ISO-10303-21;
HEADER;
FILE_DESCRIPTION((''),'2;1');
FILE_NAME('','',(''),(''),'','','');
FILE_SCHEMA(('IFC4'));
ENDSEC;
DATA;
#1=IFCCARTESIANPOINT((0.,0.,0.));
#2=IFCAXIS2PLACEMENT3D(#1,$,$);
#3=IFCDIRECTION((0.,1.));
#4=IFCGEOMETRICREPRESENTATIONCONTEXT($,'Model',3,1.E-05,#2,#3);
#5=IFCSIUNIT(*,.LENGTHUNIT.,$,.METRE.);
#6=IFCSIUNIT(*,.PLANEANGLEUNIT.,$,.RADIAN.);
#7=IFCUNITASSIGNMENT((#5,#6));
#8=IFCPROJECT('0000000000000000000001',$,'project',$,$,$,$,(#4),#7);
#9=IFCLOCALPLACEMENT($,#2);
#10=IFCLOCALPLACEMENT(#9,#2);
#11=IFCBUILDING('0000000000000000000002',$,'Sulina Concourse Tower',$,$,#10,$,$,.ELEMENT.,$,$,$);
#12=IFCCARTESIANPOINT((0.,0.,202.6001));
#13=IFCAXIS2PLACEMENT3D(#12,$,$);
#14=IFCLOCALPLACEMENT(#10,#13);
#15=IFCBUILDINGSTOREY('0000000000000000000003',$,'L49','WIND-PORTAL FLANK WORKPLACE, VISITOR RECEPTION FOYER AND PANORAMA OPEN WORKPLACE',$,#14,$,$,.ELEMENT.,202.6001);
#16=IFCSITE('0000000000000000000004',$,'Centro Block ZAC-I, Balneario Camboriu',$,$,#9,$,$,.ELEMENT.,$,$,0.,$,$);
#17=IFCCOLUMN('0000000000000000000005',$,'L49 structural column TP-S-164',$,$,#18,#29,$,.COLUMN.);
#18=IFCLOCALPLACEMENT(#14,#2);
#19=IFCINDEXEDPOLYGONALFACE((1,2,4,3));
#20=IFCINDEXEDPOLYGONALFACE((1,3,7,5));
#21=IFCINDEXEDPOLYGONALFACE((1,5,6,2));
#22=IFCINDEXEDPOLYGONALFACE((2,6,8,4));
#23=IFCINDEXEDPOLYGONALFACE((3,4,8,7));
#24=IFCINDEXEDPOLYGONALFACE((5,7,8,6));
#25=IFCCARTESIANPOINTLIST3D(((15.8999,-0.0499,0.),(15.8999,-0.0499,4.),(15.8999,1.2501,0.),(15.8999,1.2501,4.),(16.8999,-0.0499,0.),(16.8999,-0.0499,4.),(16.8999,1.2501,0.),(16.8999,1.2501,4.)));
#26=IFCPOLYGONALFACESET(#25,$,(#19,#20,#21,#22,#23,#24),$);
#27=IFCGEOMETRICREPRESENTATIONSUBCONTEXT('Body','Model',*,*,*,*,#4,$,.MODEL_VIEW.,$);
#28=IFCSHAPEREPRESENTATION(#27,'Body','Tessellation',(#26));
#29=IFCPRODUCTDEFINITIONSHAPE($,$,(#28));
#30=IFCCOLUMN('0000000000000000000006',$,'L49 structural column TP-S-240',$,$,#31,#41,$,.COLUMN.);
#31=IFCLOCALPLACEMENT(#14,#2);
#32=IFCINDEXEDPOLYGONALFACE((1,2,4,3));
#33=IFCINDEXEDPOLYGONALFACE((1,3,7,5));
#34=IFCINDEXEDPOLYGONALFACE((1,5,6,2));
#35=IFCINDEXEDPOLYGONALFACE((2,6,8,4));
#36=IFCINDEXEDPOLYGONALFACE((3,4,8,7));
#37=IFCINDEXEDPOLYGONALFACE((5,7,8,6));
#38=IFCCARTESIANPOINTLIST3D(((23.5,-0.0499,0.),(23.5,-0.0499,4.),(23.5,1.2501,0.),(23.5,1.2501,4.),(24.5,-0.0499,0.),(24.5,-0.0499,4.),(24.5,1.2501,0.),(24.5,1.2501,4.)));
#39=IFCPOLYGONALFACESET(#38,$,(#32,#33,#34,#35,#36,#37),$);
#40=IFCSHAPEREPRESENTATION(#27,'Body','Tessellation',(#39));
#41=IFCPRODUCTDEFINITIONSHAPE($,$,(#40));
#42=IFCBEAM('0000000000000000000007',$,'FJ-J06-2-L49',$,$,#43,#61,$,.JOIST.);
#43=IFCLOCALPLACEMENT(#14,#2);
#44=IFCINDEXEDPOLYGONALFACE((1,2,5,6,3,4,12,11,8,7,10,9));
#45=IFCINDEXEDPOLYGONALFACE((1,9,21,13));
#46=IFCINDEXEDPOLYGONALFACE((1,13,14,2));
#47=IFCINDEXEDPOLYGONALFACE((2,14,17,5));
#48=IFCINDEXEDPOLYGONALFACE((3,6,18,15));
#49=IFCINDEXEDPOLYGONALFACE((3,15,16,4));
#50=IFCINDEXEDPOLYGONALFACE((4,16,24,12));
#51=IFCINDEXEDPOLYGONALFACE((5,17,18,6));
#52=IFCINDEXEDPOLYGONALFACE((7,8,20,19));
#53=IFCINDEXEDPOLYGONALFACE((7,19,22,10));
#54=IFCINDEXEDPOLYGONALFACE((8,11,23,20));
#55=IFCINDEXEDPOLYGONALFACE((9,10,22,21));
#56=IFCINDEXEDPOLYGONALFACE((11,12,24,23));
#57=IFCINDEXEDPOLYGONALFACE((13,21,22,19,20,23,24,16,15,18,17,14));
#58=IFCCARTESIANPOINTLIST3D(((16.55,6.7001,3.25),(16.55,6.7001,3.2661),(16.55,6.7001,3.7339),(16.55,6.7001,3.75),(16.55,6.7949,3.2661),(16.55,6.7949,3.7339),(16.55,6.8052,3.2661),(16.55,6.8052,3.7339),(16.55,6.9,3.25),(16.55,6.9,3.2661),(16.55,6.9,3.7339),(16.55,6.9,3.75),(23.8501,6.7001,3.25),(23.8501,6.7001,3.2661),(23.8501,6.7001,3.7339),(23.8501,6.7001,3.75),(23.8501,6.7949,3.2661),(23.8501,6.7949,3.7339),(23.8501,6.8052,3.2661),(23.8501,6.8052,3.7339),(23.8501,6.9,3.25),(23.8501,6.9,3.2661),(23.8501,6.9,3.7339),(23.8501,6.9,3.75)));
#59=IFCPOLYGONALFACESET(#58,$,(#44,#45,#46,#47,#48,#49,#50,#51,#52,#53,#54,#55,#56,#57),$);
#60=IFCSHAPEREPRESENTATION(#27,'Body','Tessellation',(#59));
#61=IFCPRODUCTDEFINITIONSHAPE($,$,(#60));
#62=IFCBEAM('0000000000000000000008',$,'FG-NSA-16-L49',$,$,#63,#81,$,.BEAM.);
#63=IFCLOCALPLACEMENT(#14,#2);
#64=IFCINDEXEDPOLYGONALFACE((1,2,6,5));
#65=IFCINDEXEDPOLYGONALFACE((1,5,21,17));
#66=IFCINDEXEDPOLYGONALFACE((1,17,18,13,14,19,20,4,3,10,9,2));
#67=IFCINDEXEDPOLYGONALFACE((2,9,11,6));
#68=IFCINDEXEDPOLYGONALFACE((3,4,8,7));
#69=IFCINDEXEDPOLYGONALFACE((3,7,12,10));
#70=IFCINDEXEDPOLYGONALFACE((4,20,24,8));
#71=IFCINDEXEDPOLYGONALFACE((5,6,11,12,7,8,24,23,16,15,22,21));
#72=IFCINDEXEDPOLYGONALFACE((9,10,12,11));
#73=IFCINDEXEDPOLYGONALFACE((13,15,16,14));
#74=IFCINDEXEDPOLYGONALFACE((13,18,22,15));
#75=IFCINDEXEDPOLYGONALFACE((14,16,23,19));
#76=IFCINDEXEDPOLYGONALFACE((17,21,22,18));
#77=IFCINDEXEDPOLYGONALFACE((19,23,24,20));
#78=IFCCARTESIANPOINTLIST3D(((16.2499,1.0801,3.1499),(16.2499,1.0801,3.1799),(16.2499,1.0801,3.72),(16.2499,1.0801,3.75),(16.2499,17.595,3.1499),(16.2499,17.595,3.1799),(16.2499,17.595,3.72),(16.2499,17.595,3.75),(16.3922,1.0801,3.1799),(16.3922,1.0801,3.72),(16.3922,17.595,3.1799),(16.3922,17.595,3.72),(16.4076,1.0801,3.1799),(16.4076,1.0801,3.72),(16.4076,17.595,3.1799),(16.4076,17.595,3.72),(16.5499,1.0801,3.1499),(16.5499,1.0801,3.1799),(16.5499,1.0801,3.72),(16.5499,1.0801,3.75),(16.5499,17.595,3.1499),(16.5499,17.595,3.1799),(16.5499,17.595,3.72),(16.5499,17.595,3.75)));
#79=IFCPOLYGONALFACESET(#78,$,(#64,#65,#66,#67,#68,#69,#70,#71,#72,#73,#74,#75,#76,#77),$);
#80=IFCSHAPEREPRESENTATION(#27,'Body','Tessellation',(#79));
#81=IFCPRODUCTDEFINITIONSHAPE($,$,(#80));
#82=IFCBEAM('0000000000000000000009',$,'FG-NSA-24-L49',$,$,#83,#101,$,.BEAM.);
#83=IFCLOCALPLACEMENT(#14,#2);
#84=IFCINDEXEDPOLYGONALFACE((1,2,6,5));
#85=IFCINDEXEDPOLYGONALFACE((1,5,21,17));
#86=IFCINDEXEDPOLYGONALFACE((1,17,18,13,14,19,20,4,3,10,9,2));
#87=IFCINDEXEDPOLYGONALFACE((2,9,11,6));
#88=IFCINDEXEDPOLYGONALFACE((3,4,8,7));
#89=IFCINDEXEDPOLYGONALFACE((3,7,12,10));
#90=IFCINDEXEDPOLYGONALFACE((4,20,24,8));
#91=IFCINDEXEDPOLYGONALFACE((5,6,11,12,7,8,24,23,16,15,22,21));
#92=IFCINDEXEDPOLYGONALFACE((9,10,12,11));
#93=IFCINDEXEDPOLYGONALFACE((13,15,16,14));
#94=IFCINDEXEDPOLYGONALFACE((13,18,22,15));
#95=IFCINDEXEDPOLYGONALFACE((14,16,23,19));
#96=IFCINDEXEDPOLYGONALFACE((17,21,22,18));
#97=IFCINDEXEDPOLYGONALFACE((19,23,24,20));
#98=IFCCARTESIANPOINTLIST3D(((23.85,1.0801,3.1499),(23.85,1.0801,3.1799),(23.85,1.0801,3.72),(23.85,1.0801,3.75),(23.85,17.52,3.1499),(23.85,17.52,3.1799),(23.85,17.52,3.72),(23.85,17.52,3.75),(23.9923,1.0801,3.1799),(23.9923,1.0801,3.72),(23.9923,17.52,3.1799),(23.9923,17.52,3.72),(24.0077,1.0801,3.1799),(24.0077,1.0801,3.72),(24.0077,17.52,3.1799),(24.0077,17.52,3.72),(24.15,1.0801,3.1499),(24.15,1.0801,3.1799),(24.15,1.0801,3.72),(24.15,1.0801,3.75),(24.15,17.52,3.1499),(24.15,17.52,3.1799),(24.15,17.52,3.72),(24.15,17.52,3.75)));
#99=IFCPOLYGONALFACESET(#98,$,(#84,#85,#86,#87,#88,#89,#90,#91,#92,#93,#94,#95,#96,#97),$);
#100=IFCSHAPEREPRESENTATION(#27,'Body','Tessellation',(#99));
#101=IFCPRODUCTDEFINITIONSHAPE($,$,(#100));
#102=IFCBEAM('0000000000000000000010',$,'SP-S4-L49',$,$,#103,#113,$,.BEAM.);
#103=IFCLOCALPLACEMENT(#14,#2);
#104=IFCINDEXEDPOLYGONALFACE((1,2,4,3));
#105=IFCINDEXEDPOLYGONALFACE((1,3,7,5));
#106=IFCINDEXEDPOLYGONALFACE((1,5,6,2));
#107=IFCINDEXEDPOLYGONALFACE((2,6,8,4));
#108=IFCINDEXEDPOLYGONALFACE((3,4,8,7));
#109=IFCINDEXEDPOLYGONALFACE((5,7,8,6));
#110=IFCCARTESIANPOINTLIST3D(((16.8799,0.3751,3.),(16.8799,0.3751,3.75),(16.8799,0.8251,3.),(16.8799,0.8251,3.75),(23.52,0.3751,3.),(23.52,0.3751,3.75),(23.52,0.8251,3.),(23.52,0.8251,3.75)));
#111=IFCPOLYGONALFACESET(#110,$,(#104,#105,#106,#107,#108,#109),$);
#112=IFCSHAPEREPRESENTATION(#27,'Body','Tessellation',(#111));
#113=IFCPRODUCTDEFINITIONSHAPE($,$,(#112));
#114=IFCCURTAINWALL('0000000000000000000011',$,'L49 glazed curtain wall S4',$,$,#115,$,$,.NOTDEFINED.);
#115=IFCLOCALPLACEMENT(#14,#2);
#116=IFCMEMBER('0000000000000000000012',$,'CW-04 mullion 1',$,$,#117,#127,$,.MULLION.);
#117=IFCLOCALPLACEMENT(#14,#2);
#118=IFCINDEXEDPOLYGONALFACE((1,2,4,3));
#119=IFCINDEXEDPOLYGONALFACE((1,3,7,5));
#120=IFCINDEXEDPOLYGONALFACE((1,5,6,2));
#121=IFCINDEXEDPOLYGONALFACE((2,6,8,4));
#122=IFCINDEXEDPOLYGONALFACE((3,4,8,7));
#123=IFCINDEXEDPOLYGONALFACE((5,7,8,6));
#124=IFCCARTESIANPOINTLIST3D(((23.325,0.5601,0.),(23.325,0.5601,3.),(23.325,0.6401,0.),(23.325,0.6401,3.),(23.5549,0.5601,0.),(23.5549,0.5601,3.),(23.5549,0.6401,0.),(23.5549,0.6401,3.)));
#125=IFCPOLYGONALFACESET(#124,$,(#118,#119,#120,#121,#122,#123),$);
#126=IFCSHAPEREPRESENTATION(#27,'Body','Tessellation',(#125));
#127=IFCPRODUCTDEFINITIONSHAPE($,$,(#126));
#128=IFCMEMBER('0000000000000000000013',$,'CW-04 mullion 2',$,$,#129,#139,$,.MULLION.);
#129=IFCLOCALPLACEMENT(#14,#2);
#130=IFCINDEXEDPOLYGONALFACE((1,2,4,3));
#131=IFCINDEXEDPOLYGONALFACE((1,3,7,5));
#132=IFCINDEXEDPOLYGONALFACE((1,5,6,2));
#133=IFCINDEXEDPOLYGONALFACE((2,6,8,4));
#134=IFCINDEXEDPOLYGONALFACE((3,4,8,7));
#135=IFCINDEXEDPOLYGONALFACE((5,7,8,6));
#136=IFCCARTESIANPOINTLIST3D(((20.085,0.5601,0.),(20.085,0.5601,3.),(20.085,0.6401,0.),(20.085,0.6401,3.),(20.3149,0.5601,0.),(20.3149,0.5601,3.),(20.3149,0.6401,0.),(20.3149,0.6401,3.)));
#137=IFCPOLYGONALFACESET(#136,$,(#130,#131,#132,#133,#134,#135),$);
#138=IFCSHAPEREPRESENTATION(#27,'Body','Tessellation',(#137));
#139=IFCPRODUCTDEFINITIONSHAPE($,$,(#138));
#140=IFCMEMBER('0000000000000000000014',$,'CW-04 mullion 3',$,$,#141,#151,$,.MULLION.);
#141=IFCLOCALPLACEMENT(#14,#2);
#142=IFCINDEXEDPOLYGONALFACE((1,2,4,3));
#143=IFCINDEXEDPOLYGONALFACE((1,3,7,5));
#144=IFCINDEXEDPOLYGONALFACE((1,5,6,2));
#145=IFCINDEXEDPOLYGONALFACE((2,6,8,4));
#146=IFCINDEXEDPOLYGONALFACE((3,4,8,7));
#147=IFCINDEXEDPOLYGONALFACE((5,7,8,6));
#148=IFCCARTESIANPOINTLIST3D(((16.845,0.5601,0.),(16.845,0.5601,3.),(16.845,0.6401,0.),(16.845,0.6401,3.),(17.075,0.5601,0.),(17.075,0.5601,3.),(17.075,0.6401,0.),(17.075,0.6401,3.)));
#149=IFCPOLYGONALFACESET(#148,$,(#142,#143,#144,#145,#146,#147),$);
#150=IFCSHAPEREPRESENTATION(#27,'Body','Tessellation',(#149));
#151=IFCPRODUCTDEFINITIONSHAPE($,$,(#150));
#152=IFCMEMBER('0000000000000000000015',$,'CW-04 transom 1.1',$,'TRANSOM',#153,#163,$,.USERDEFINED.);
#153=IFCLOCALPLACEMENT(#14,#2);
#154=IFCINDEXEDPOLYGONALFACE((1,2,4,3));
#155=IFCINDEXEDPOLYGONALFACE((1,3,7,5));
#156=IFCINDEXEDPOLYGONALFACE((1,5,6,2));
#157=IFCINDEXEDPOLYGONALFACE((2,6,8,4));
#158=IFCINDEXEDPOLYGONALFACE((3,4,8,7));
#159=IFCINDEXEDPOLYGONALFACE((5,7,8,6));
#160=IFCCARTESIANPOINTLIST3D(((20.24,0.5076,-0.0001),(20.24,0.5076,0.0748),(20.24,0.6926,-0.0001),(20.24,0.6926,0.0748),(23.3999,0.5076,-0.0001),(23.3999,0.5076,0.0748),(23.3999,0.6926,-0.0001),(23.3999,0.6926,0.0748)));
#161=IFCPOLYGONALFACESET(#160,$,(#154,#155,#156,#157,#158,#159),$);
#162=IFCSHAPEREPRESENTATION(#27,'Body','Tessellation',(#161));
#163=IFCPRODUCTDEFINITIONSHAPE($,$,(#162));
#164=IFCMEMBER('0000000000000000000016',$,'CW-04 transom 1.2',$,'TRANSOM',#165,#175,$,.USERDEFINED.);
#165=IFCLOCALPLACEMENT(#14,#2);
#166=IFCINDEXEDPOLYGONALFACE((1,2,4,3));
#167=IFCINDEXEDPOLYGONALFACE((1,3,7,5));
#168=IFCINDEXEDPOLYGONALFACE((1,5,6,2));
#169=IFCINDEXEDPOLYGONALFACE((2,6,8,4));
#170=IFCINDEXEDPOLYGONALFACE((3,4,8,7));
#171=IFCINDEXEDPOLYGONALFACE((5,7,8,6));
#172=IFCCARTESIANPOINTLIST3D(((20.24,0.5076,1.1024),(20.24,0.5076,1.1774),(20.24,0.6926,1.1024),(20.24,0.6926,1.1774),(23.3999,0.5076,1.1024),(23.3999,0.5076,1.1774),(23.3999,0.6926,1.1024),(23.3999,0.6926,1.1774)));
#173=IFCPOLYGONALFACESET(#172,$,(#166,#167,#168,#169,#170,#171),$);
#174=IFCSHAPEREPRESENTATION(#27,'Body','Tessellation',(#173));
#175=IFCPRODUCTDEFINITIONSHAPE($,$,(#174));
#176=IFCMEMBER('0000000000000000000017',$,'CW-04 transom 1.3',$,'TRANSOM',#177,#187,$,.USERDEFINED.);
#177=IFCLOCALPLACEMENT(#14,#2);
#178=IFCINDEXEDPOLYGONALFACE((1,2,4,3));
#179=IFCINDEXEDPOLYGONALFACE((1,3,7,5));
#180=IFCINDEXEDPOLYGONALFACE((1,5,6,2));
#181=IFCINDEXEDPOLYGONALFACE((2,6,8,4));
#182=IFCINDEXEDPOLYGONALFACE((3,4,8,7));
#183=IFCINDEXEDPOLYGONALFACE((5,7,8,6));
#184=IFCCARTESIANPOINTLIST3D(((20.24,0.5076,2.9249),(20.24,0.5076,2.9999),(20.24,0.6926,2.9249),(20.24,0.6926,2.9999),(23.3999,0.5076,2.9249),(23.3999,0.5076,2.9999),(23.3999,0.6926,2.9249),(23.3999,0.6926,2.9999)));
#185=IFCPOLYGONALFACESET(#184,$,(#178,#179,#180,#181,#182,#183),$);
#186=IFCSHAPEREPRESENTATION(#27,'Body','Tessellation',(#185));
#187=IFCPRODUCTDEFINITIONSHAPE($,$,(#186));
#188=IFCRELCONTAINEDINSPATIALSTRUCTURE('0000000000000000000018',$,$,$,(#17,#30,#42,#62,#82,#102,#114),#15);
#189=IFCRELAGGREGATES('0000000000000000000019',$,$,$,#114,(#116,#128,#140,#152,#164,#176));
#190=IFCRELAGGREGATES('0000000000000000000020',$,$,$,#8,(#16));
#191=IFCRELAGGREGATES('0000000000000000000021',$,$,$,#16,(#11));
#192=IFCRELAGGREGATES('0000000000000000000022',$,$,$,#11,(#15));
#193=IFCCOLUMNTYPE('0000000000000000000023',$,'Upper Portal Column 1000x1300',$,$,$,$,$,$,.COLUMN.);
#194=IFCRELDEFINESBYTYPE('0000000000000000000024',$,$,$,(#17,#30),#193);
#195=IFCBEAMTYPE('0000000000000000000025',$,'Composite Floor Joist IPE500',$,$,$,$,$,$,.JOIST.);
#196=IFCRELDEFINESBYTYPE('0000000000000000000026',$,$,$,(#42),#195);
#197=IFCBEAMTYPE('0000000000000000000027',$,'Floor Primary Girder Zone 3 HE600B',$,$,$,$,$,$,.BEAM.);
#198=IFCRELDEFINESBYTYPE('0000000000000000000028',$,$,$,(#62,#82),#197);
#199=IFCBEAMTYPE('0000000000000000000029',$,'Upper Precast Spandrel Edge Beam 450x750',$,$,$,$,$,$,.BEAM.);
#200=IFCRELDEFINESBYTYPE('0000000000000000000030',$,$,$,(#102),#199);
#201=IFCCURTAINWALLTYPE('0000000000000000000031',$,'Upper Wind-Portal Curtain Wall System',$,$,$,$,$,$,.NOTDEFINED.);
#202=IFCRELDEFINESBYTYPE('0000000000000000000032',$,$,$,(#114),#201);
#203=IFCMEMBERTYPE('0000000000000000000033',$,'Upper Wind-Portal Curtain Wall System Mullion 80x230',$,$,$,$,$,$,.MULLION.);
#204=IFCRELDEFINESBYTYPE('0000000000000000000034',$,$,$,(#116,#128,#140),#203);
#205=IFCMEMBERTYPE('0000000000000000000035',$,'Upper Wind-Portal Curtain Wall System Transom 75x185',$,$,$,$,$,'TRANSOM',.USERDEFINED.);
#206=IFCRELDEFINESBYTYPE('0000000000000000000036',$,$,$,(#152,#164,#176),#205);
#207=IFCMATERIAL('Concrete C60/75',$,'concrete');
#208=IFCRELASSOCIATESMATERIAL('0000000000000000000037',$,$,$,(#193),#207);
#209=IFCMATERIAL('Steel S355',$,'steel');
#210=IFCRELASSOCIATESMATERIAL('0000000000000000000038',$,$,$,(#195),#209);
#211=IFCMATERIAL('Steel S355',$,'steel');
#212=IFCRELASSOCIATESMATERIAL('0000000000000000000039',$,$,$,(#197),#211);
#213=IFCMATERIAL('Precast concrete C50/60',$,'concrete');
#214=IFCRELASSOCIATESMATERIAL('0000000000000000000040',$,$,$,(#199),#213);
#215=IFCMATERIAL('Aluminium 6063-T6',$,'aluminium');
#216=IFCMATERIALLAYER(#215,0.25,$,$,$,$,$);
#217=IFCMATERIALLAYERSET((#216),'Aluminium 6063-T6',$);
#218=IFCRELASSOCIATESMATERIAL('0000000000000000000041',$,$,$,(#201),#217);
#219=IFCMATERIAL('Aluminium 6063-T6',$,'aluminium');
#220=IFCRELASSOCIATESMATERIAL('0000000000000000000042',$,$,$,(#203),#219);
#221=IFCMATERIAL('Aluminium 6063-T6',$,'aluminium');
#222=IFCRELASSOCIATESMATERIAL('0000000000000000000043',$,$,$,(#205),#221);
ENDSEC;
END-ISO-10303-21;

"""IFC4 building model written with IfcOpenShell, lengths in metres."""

from ifc_helpers import new_model, si_unit, direction, frame, origin, origin_2d, place, context, subcontext, project, spatial, rectangle, i_section, extrude, material, layer, layer_set, material_profile, profile_set, type_object, element, aggregate, save


model = new_model("IFC4")

# Units and contexts
model_context = context("Model", 3, precision=1e-05, world=origin(), true_north=direction((0.0, 1.0)))
body_context = subcontext(model_context, "Body", "Model", "MODEL_VIEW")
ifc_project = project(units=[si_unit("LENGTHUNIT", "METRE"), si_unit("PLANEANGLEUNIT", "RADIAN")], contexts=[model_context])

# Site, building, storey
site_placement = place(None, origin())
site = spatial("IfcSite", under=ifc_project, at=site_placement, Name="Centro Block ZAC-I, Balneario Camboriu", CompositionType="ELEMENT", RefElevation=0.0)
building_placement = place(site_placement, origin())
building = spatial("IfcBuilding", under=site, at=building_placement, Name="Sulina Concourse Tower", CompositionType="ELEMENT")
storey_placement = place(building_placement, frame((0.0, 0.0, 202.6001)))
storey = spatial("IfcBuildingStorey", under=building, at=storey_placement, Name="L49", Description="WIND-PORTAL FLANK WORKPLACE, VISITOR RECEPTION FOYER AND PANORAMA OPEN WORKPLACE", CompositionType="ELEMENT", Elevation=202.6001)

# Columns
ifc_material_1 = material(Name="Concrete C60/75", Category="concrete")
ifc_material_profile_1 = material_profile(ifc_material_1, rectangle(XDim=1.0, YDim=1.3, at=origin_2d()), Name="RC 1000x1300")
ifc_profile_set_1 = profile_set([ifc_material_profile_1], Name="Concrete C60/75")
column_type = type_object("IfcColumnType", Name="Upper Portal Column 1000x1300", PredefinedType="COLUMN", material=ifc_profile_set_1)
for number, where, z_axis, x_axis, name in (
    (1, (16.3999, 0.6001, 0.0), (0.0, 0.0, 1.0), (1.0, 0.0, 0.0), "L49 structural column TP-S-164"),
    (2, (24.0, 0.6001, 0.0), (0.0, 0.0, 1.0), (1.0, 0.0, 0.0), "L49 structural column TP-S-240"),
):
    element("IfcColumn", number, at=place(storey_placement, frame(where, z_axis=z_axis, x_axis=x_axis)), inside=storey, type_object=column_type, Name=name, PredefinedType="COLUMN", context=body_context, shape_type="SweptSolid", body=[
        extrude(rectangle(XDim=1.0, YDim=1.3, at=origin_2d()), origin(), (0.0, 0.0, 1.0), 4.0),
    ])

# Beams
ifc_material_2 = material(Name="Steel S355", Category="steel")
ifc_material_profile_2 = material_profile(ifc_material_2, i_section(OverallWidth=0.2, OverallDepth=0.5, WebThickness=0.0103, FlangeThickness=0.0161, at=origin_2d()), Name="IPE 500")
ifc_profile_set_2 = profile_set([ifc_material_profile_2], Name="Steel S355")
beam_type_1 = type_object("IfcBeamType", Name="Composite Floor Joist IPE500", PredefinedType="JOIST", material=ifc_profile_set_2)
beam_1_placement = place(storey_placement, frame((16.55, 6.8, 3.5), z_axis=(1.0, 0.0, 0.0), x_axis=(0.0, 1.0, 0.0)))
element("IfcBeam", 3, at=beam_1_placement, inside=storey, type_object=beam_type_1, Name="FJ-J06-2-L49", PredefinedType="JOIST", context=body_context, shape_type="SweptSolid", body=[
    extrude(i_section(OverallWidth=0.2, OverallDepth=0.5, WebThickness=0.0103, FlangeThickness=0.0161, at=origin_2d()), origin(), (0.0, 0.0, 1.0), 7.3),
])
ifc_material_3 = material(Name="Steel S355", Category="steel")
ifc_material_profile_3 = material_profile(ifc_material_3, i_section(OverallWidth=0.3, OverallDepth=0.6001, WebThickness=0.0154, FlangeThickness=0.03, at=origin_2d()), Name="HE 600 B")
ifc_profile_set_3 = profile_set([ifc_material_profile_3], Name="Steel S355")
beam_type_2 = type_object("IfcBeamType", Name="Floor Primary Girder Zone 3 HE600B", PredefinedType="BEAM", material=ifc_profile_set_3)
beam_2_placement = place(storey_placement, frame((16.3999, 1.0801, 3.45), z_axis=(0.0, 1.0, 0.0), x_axis=(-1.0, 0.0, 0.0)))
element("IfcBeam", 4, at=beam_2_placement, inside=storey, type_object=beam_type_2, Name="FG-NSA-16-L49", PredefinedType="BEAM", context=body_context, shape_type="SweptSolid", body=[
    extrude(i_section(OverallWidth=0.3, OverallDepth=0.6001, WebThickness=0.0154, FlangeThickness=0.03, at=origin_2d()), origin(), (0.0, 0.0, 1.0), 16.5149),
])
beam_3_placement = place(storey_placement, frame((24.0, 1.0801, 3.45), z_axis=(0.0, 1.0, 0.0), x_axis=(-1.0, 0.0, 0.0)))
element("IfcBeam", 5, at=beam_3_placement, inside=storey, type_object=beam_type_2, Name="FG-NSA-24-L49", PredefinedType="BEAM", context=body_context, shape_type="SweptSolid", body=[
    extrude(i_section(OverallWidth=0.3, OverallDepth=0.6001, WebThickness=0.0154, FlangeThickness=0.03, at=origin_2d()), origin(), (0.0, 0.0, 1.0), 16.4399),
])
ifc_material_4 = material(Name="Precast concrete C50/60", Category="concrete")
ifc_material_profile_4 = material_profile(ifc_material_4, rectangle(XDim=0.45, YDim=0.75, at=origin_2d()), Name="RC 450x750")
ifc_profile_set_4 = profile_set([ifc_material_profile_4], Name="Precast concrete C50/60")
beam_type_3 = type_object("IfcBeamType", Name="Upper Precast Spandrel Edge Beam 450x750", PredefinedType="BEAM", material=ifc_profile_set_4)
beam_4_placement = place(storey_placement, frame((16.8799, 0.6001, 3.375), z_axis=(1.0, 0.0, 0.0), x_axis=(0.0, 1.0, 0.0)))
element("IfcBeam", 6, at=beam_4_placement, inside=storey, type_object=beam_type_3, Name="SP-S4-L49", PredefinedType="BEAM", context=body_context, shape_type="SweptSolid", body=[
    extrude(rectangle(XDim=0.45, YDim=0.75, at=origin_2d()), origin(), (0.0, 0.0, 1.0), 6.6401),
])

# Curtain wall, members
ifc_material_5 = material(Name="Aluminium 6063-T6", Category="aluminium")
ifc_layer_1 = layer(ifc_material_5, 0.25)
ifc_layer_set_1 = layer_set([ifc_layer_1], Name="Aluminium 6063-T6")
curtain_wall_type = type_object("IfcCurtainWallType", Name="Upper Wind-Portal Curtain Wall System", PredefinedType="NOTDEFINED", material=ifc_layer_set_1)
curtain_wall_placement = place(storey_placement, origin())
curtain_wall = element("IfcCurtainWall", 7, at=curtain_wall_placement, inside=storey, type_object=curtain_wall_type, Name="L49 glazed curtain wall S4", PredefinedType="NOTDEFINED")
ifc_material_6 = material(Name="Aluminium 6063-T6", Category="aluminium")
ifc_material_profile_5 = material_profile(ifc_material_6, rectangle(XDim=0.0801, YDim=0.23, at=origin_2d()), Name="MUL 80x230")
ifc_profile_set_5 = profile_set([ifc_material_profile_5], Name="Aluminium 6063-T6")
member_type_1 = type_object("IfcMemberType", Name="Upper Wind-Portal Curtain Wall System Mullion 80x230", PredefinedType="MULLION", material=ifc_profile_set_5)
member_1_placement = place(storey_placement, frame((23.4399, 0.6001, 0.0), z_axis=(0.0, 0.0, 1.0), x_axis=(0.0, -1.0, 0.0)))
member_1 = element("IfcMember", 8, at=member_1_placement, type_object=member_type_1, Name="CW-04 mullion 1", PredefinedType="MULLION", context=body_context, shape_type="SweptSolid", body=[
    extrude(rectangle(XDim=0.0801, YDim=0.23, at=origin_2d()), origin(), (0.0, 0.0, 1.0), 3.0),
])
member_2_placement = place(storey_placement, frame((20.2, 0.6001, 0.0), z_axis=(0.0, 0.0, 1.0), x_axis=(0.0, -1.0, 0.0)))
member_2 = element("IfcMember", 9, at=member_2_placement, type_object=member_type_1, Name="CW-04 mullion 2", PredefinedType="MULLION", context=body_context, shape_type="SweptSolid", body=[
    extrude(rectangle(XDim=0.0801, YDim=0.23, at=origin_2d()), origin(), (0.0, 0.0, 1.0), 3.0),
])
member_3_placement = place(storey_placement, frame((16.96, 0.6001, 0.0), z_axis=(0.0, 0.0, 1.0), x_axis=(0.0, -1.0, 0.0)))
member_3 = element("IfcMember", 10, at=member_3_placement, type_object=member_type_1, Name="CW-04 mullion 3", PredefinedType="MULLION", context=body_context, shape_type="SweptSolid", body=[
    extrude(rectangle(XDim=0.0801, YDim=0.23, at=origin_2d()), origin(), (0.0, 0.0, 1.0), 3.0),
])
ifc_material_7 = material(Name="Aluminium 6063-T6", Category="aluminium")
ifc_material_profile_6 = material_profile(ifc_material_7, rectangle(XDim=0.1851, YDim=0.075, at=origin_2d()), Name="TRN 75x185")
ifc_profile_set_6 = profile_set([ifc_material_profile_6], Name="Aluminium 6063-T6")
member_type_2 = type_object("IfcMemberType", Name="Upper Wind-Portal Curtain Wall System Transom 75x185", ElementType="TRANSOM", PredefinedType="USERDEFINED", material=ifc_profile_set_6)
member_4_placement = place(storey_placement, frame((23.3999, 0.6001, 0.0374), z_axis=(-1.0, 0.0, 0.0), x_axis=(0.0, -1.0, 0.0)))
member_4 = element("IfcMember", 11, at=member_4_placement, type_object=member_type_2, Name="CW-04 transom 1.1", ObjectType="TRANSOM", PredefinedType="USERDEFINED", context=body_context, shape_type="SweptSolid", body=[
    extrude(rectangle(XDim=0.1851, YDim=0.075, at=origin_2d()), origin(), (0.0, 0.0, 1.0), 3.1599),
])
member_5_placement = place(storey_placement, frame((23.3999, 0.6001, 1.1399), z_axis=(-1.0, 0.0, 0.0), x_axis=(0.0, -1.0, 0.0)))
member_5 = element("IfcMember", 12, at=member_5_placement, type_object=member_type_2, Name="CW-04 transom 1.2", ObjectType="TRANSOM", PredefinedType="USERDEFINED", context=body_context, shape_type="SweptSolid", body=[
    extrude(rectangle(XDim=0.1851, YDim=0.075, at=origin_2d()), origin(), (0.0, 0.0, 1.0), 3.1599),
])
member_6_placement = place(storey_placement, frame((23.3999, 0.6001, 2.9624), z_axis=(-1.0, 0.0, 0.0), x_axis=(0.0, -1.0, 0.0)))
member_6 = element("IfcMember", 13, at=member_6_placement, type_object=member_type_2, Name="CW-04 transom 1.3", ObjectType="TRANSOM", PredefinedType="USERDEFINED", context=body_context, shape_type="SweptSolid", body=[
    extrude(rectangle(XDim=0.1851, YDim=0.075, at=origin_2d()), origin(), (0.0, 0.0, 1.0), 3.1599),
])
aggregate(curtain_wall, [member_1, member_2, member_3, member_4, member_5, member_6])

save(model, "model.ifc")
